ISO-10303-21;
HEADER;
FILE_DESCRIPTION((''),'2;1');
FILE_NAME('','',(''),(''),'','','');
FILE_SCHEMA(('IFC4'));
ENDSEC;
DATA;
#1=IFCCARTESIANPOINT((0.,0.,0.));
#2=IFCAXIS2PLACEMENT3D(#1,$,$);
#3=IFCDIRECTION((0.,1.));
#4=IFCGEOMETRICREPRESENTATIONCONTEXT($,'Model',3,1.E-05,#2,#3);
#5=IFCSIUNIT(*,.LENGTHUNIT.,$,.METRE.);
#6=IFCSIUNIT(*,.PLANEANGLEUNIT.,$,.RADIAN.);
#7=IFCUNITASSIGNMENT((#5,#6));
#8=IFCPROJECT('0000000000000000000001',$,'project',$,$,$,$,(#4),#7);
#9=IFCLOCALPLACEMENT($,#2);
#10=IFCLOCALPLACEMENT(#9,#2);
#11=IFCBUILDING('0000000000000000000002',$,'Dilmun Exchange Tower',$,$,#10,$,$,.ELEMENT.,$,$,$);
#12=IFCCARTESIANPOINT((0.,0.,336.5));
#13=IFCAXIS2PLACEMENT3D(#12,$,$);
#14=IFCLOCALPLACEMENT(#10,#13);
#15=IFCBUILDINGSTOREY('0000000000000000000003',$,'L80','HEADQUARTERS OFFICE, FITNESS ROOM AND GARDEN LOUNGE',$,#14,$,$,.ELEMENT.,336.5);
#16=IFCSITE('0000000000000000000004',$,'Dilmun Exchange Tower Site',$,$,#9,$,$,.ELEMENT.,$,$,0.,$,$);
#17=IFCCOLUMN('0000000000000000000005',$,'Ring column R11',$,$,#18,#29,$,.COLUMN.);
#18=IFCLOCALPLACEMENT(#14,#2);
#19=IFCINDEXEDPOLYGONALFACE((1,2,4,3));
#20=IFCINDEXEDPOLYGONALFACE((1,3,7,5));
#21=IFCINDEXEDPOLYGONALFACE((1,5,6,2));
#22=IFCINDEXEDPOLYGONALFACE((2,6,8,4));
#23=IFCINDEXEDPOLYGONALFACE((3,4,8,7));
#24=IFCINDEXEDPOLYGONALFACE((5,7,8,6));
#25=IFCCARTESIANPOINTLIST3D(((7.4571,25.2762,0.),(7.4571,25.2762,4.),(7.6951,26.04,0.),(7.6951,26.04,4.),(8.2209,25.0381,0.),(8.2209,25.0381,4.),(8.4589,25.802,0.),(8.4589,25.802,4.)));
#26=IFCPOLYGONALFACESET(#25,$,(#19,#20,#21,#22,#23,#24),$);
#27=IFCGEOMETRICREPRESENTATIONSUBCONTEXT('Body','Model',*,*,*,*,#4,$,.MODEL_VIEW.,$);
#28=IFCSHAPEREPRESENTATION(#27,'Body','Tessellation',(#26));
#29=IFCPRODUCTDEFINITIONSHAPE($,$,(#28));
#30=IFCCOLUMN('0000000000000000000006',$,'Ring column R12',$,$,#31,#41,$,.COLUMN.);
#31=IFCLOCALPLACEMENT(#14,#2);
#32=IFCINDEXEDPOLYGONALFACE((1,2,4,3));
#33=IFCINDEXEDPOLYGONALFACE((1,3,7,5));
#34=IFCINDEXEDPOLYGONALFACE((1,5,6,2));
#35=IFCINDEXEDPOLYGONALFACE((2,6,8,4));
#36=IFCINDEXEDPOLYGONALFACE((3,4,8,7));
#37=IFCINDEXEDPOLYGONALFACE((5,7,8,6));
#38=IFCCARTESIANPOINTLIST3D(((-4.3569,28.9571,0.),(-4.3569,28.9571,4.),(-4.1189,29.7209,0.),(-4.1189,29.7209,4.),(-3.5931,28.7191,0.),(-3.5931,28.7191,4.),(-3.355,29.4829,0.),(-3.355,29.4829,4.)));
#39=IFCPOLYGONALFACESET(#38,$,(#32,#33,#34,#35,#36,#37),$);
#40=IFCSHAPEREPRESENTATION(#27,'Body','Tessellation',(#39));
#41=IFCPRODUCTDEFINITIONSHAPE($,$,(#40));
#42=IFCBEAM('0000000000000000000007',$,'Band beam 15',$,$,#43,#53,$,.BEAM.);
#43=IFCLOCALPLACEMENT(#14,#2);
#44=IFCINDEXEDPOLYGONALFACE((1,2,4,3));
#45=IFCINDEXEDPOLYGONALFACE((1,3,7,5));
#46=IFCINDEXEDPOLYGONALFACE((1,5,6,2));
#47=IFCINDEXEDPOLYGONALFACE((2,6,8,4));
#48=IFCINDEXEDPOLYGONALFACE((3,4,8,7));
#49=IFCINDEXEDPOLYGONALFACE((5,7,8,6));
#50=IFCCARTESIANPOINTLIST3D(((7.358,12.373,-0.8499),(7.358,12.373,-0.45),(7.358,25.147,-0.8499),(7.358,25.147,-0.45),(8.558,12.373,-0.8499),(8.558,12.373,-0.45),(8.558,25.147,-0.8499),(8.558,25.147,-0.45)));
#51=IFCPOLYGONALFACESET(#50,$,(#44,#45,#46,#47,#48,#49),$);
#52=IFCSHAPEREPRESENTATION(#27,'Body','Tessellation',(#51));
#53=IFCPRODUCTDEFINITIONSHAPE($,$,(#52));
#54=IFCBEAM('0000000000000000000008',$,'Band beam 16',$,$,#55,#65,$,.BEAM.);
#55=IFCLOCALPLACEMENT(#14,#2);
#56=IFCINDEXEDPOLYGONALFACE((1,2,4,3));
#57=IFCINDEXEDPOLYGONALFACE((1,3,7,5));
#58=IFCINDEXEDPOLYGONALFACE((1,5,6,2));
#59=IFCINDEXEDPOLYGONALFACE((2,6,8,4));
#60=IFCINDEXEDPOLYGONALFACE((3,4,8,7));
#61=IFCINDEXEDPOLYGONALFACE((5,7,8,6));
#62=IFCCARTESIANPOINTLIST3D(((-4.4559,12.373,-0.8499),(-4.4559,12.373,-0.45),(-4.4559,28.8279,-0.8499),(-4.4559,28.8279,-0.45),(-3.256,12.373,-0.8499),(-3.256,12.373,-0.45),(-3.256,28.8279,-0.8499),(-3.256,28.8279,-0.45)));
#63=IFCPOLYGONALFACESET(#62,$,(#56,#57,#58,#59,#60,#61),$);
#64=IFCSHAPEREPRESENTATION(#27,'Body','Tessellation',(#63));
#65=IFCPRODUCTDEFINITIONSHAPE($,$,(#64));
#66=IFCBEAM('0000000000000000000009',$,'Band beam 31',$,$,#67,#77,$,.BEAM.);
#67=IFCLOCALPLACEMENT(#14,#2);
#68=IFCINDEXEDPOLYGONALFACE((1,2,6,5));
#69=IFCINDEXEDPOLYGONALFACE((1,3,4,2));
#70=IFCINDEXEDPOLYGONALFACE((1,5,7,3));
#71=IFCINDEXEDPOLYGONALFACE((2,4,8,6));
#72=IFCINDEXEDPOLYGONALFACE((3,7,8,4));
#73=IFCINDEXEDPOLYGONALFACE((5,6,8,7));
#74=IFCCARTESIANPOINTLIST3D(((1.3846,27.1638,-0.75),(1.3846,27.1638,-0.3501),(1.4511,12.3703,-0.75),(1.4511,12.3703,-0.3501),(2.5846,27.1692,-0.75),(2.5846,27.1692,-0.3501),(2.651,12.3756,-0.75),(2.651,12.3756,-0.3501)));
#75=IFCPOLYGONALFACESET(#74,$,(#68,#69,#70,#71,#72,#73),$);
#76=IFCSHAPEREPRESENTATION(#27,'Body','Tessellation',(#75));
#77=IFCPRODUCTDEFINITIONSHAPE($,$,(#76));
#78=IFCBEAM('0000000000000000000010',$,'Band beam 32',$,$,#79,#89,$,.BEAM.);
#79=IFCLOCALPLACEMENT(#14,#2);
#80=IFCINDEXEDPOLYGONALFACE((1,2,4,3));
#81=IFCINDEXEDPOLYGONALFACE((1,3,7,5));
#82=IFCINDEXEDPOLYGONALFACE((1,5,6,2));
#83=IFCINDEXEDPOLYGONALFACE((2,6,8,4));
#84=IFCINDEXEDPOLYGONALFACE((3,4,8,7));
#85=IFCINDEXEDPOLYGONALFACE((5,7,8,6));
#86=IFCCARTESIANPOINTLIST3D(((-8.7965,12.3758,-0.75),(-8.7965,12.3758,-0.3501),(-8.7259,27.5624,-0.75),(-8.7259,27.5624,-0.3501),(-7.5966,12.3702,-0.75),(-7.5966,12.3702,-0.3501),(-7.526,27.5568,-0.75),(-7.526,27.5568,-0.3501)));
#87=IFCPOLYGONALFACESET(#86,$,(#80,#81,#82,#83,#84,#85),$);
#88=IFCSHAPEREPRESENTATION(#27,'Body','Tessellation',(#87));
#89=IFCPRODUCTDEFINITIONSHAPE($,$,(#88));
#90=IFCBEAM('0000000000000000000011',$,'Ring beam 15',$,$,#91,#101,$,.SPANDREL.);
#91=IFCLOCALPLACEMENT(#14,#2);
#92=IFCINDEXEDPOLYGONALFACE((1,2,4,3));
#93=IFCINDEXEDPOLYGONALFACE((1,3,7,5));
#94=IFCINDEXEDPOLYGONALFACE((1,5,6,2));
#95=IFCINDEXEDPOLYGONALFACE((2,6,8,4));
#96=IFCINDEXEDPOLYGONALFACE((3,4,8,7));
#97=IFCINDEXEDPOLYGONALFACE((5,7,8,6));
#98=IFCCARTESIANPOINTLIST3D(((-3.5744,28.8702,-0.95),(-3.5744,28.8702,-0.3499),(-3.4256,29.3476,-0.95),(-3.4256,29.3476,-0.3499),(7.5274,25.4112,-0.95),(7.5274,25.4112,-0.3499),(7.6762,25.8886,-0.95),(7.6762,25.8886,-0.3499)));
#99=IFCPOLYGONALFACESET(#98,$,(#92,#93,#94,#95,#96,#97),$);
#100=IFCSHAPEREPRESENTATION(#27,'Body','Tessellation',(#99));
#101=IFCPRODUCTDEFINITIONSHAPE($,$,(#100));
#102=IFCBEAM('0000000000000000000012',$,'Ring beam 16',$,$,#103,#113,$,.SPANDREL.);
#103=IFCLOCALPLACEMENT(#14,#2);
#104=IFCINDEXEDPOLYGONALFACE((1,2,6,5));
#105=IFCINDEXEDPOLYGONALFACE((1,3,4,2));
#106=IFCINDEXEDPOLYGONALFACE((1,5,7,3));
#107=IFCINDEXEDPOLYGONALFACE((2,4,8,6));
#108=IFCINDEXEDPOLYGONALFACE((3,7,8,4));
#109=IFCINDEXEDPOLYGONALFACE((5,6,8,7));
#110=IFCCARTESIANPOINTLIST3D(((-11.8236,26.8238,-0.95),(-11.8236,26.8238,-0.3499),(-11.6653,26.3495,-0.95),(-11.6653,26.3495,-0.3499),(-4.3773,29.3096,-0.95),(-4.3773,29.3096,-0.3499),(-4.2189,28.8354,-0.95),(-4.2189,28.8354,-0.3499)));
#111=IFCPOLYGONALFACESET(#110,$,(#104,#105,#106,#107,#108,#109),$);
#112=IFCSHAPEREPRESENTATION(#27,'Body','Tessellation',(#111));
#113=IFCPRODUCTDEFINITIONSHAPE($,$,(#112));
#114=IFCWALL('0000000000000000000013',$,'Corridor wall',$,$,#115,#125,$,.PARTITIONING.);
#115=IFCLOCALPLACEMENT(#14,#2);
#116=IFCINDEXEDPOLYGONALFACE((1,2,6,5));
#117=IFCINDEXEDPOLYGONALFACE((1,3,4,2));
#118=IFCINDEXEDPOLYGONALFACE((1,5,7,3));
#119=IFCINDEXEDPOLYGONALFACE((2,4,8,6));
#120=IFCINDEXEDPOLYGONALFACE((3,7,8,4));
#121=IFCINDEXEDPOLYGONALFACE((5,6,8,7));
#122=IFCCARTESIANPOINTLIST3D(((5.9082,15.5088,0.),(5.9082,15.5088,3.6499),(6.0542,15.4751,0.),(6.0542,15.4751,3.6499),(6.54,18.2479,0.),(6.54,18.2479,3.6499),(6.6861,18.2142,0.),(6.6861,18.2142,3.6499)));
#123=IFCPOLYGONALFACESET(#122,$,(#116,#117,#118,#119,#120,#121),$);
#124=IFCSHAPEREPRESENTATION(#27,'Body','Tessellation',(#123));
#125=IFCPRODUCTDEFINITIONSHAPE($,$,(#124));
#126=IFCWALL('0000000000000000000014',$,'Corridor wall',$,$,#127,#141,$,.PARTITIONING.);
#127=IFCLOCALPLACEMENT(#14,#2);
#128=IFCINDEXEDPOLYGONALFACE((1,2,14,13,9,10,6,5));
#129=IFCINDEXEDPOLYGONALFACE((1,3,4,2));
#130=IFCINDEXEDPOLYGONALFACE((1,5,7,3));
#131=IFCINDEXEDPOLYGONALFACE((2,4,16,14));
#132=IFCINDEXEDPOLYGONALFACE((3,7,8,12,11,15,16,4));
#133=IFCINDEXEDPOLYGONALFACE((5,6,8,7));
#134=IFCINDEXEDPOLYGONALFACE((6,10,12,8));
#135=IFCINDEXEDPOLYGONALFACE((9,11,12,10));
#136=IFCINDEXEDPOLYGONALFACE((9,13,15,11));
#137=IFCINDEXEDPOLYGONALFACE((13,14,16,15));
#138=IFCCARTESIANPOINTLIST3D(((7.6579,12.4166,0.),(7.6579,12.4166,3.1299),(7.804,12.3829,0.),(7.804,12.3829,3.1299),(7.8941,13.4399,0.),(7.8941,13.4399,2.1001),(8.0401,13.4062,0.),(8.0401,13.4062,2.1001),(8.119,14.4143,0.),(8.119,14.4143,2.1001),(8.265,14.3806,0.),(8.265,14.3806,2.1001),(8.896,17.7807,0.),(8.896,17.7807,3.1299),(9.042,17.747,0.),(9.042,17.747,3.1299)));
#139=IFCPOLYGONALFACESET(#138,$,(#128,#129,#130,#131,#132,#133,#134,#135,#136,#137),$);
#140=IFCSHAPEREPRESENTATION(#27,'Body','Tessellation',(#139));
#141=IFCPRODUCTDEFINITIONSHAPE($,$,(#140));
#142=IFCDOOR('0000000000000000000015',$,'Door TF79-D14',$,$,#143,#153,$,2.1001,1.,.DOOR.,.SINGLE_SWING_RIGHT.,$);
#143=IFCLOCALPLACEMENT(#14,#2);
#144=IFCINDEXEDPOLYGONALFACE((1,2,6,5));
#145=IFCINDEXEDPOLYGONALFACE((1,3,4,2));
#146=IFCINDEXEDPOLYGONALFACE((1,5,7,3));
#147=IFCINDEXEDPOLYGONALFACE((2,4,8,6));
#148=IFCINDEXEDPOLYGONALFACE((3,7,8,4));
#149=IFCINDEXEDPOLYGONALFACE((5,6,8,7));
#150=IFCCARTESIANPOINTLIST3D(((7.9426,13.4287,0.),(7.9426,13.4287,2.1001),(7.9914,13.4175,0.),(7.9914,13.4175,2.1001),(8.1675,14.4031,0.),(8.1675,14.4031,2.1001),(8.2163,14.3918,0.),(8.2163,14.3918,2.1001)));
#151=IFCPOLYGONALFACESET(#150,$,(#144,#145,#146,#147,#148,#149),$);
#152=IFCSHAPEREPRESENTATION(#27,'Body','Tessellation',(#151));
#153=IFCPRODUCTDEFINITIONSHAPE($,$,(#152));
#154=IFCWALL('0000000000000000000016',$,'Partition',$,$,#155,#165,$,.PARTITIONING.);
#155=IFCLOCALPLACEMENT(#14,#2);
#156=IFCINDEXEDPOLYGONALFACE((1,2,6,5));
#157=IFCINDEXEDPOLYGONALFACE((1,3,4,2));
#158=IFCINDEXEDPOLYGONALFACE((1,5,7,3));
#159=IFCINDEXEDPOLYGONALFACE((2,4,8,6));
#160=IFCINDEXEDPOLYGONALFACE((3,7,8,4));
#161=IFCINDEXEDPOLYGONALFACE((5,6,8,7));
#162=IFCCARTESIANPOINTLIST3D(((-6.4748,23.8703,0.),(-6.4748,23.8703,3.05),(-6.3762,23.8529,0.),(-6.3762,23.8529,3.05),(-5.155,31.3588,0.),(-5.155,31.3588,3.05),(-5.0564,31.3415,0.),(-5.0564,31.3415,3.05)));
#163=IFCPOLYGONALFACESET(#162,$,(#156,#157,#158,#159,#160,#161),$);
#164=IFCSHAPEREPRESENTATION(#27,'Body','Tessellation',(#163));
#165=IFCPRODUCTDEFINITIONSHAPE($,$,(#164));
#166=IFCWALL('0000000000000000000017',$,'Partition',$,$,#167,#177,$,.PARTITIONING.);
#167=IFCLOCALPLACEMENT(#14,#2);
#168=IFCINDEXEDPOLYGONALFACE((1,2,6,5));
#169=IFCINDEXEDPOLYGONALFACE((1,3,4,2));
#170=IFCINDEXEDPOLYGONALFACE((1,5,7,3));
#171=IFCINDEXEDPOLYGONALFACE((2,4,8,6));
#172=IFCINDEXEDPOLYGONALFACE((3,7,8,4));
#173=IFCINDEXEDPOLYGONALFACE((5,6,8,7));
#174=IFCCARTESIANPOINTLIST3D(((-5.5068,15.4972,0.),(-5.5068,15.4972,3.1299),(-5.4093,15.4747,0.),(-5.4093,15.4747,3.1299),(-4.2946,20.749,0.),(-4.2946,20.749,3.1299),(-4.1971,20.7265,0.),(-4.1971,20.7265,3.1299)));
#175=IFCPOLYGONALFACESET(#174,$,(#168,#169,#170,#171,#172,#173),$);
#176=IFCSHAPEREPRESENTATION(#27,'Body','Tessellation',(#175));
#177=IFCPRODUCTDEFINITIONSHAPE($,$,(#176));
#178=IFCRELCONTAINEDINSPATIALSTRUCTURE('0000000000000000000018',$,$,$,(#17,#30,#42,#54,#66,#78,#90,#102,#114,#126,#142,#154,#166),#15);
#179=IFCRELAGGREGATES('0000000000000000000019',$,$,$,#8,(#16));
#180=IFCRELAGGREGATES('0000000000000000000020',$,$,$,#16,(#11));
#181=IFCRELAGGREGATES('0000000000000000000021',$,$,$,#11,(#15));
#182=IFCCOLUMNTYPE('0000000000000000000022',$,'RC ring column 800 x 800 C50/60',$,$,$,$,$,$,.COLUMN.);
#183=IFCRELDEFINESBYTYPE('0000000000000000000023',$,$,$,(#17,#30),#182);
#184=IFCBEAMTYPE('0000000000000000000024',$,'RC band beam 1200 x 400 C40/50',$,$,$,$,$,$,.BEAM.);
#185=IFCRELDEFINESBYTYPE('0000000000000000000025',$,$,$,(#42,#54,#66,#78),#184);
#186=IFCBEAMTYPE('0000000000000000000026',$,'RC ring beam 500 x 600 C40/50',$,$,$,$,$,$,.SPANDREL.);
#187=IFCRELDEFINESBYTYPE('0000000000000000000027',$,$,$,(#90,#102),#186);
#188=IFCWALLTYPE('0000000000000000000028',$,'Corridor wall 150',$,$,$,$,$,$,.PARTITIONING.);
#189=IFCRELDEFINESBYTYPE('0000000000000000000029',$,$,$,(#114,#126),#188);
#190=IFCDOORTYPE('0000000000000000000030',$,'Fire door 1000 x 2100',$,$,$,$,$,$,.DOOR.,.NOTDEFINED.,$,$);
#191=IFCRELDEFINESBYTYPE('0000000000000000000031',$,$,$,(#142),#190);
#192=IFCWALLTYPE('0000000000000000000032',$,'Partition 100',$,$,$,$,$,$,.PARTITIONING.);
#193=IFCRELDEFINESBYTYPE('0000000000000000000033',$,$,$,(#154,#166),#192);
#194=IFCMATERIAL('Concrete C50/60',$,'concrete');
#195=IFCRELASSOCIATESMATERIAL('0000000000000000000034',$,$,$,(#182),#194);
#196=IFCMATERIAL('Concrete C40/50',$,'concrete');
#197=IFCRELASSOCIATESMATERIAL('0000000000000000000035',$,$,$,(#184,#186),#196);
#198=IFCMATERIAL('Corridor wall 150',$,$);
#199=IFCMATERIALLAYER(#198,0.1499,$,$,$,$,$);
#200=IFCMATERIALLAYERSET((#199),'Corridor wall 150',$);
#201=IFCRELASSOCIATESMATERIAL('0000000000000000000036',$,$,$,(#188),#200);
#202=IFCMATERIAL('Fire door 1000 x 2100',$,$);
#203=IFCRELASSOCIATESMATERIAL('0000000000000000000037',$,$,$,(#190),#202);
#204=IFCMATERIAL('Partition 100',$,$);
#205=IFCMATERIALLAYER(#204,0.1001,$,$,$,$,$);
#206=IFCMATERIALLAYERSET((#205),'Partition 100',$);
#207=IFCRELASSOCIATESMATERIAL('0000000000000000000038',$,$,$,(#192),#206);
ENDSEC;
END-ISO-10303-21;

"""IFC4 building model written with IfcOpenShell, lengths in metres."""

from ifc_helpers import new_model, si_unit, direction, frame, frame_2d, origin, origin_2d, place, context, subcontext, project, spatial, rectangle, extrude, material, layer, layer_set, material_profile, profile_set, type_object, element, fill, save


model = new_model("IFC4")

# Units and contexts
model_context = context("Model", 3, precision=1e-05, world=origin(), true_north=direction((0.0, 1.0)))
body_context = subcontext(model_context, "Body", "Model", "MODEL_VIEW")
ifc_project = project(units=[si_unit("LENGTHUNIT", "METRE"), si_unit("PLANEANGLEUNIT", "RADIAN")], contexts=[model_context])

# Site, building, storey
site_placement = place(None, origin())
site = spatial("IfcSite", under=ifc_project, at=site_placement, Name="Dilmun Exchange Tower Site", CompositionType="ELEMENT", RefElevation=0.0)
building_placement = place(site_placement, origin())
building = spatial("IfcBuilding", under=site, at=building_placement, Name="Dilmun Exchange Tower", CompositionType="ELEMENT")
storey_placement = place(building_placement, frame((0.0, 0.0, 336.5)))
storey = spatial("IfcBuildingStorey", under=building, at=storey_placement, Name="L80", Description="HEADQUARTERS OFFICE, FITNESS ROOM AND GARDEN LOUNGE", CompositionType="ELEMENT", Elevation=336.5)

# Columns
ifc_material_1 = material(Name="Concrete C50/60", Category="concrete")
ifc_material_profile_1 = material_profile(ifc_material_1, rectangle(XDim=0.8, YDim=0.8, at=origin_2d()), Name="800 x 800")
ifc_profile_set_1 = profile_set([ifc_material_profile_1], Name="Concrete C50/60")
column_type = type_object("IfcColumnType", Name="RC ring column 800 x 800 C50/60", PredefinedType="COLUMN", material=ifc_profile_set_1)
for number, where, z_axis, x_axis, name in (
    (1, (7.958, 25.5391, 0.0), (0.0, 0.0, 1.0), (0.297503, 0.954721, 0.0), "Ring column R11"),
    (2, (-3.856, 29.22, 0.0), (0.0, 0.0, 1.0), (0.297503, 0.954721, 0.0), "Ring column R12"),
):
    element("IfcColumn", number, at=place(storey_placement, frame(where, z_axis=z_axis, x_axis=x_axis)), inside=storey, type_object=column_type, Name=name, PredefinedType="COLUMN", context=body_context, shape_type="SweptSolid", body=[
        extrude(rectangle(XDim=0.8, YDim=0.8, at=origin_2d()), origin(), (0.0, 0.0, 1.0), 4.0),
    ])

# Beams
ifc_material_2 = material(Name="Concrete C40/50", Category="concrete")
ifc_material_profile_2 = material_profile(ifc_material_2, rectangle(XDim=1.2, YDim=0.3999, at=origin_2d()), Name="1200 x 400")
ifc_profile_set_2 = profile_set([ifc_material_profile_2], Name="Concrete C40/50")
beam_type_1 = type_object("IfcBeamType", Name="RC band beam 1200 x 400 C40/50", PredefinedType="BEAM", material=ifc_profile_set_2)
beam_1_placement = place(storey_placement, frame((7.958, 25.147, -0.6499), z_axis=(0.0, -1.0, 0.0), x_axis=(1.0, 0.0, 0.0)))
element("IfcBeam", 3, at=beam_1_placement, inside=storey, type_object=beam_type_1, Name="Band beam 15", PredefinedType="BEAM", context=body_context, shape_type="SweptSolid", body=[
    extrude(rectangle(XDim=1.2, YDim=0.3999, at=origin_2d()), origin(), (0.0, 0.0, 1.0), 12.7739),
])
beam_2_placement = place(storey_placement, frame((-3.856, 28.8279, -0.6499), z_axis=(0.0, -1.0, 0.0), x_axis=(1.0, 0.0, 0.0)))
element("IfcBeam", 4, at=beam_2_placement, inside=storey, type_object=beam_type_1, Name="Band beam 16", PredefinedType="BEAM", context=body_context, shape_type="SweptSolid", body=[
    extrude(rectangle(XDim=1.2, YDim=0.3999, at=origin_2d()), origin(), (0.0, 0.0, 1.0), 16.4548),
])
beam_3_placement = place(storey_placement, frame((1.9846, 27.1665, -0.55), z_axis=(0.004489, -0.99999, 0.0), x_axis=(0.99999, 0.004489, 0.0)))
element("IfcBeam", 5, at=beam_3_placement, inside=storey, type_object=beam_type_1, Name="Band beam 31", PredefinedType="BEAM", context=body_context, shape_type="SweptSolid", body=[
    extrude(rectangle(XDim=1.2, YDim=0.3999, at=origin_2d()), origin(), (0.0, 0.0, 1.0), 14.7937),
])
beam_4_placement = place(storey_placement, frame((-8.126, 27.5596, -0.55), z_axis=(-0.004646, -0.999989, 0.0), x_axis=(0.999989, -0.004646, 0.0)))
element("IfcBeam", 6, at=beam_4_placement, inside=storey, type_object=beam_type_1, Name="Band beam 32", PredefinedType="BEAM", context=body_context, shape_type="SweptSolid", body=[
    extrude(rectangle(XDim=1.2, YDim=0.3999, at=origin_2d()), origin(), (0.0, 0.0, 1.0), 15.1868),
])
ifc_material_profile_3 = material_profile(ifc_material_2, rectangle(XDim=0.5, YDim=0.6001, at=origin_2d()), Name="500 x 600")
ifc_profile_set_3 = profile_set([ifc_material_profile_3], Name="Concrete C40/50")
beam_type_2 = type_object("IfcBeamType", Name="RC ring beam 500 x 600 C40/50", PredefinedType="SPANDREL", material=ifc_profile_set_3)
beam_5_placement = place(storey_placement, frame((7.6018, 25.6499, -0.6499), z_axis=(-0.954733, 0.297466, 0.0), x_axis=(-0.297466, -0.954733, 0.0)))
element("IfcBeam", 7, at=beam_5_placement, inside=storey, type_object=beam_type_2, Name="Ring beam 15", PredefinedType="SPANDREL", context=body_context, shape_type="SweptSolid", body=[
    extrude(rectangle(XDim=0.5, YDim=0.6001, at=origin_2d()), origin(), (0.0, 0.0, 1.0), 11.6282),
])
beam_6_placement = place(storey_placement, frame((-4.2981, 29.0725, -0.6499), z_axis=(-0.94854, -0.316657, 0.0), x_axis=(0.316657, -0.94854, 0.0)))
element("IfcBeam", 8, at=beam_6_placement, inside=storey, type_object=beam_type_2, Name="Ring beam 16", PredefinedType="SPANDREL", context=body_context, shape_type="SweptSolid", body=[
    extrude(rectangle(XDim=0.5, YDim=0.6001, at=origin_2d()), origin(), (0.0, 0.0, 1.0), 7.8503),
])

# Wall
ifc_material_3 = material(Name="Corridor wall 150")
ifc_layer_1 = layer(ifc_material_3, 0.1499)
ifc_layer_set_1 = layer_set([ifc_layer_1], Name="Corridor wall 150")
wall_type_1 = type_object("IfcWallType", Name="Corridor wall 150", PredefinedType="PARTITIONING", material=ifc_layer_set_1)
wall_1_placement = place(storey_placement, frame((5.9812, 15.4919, 0.0), z_axis=(0.0, 0.0, 1.0), x_axis=(0.224777, 0.97441, 0.0)))
element("IfcWall", 9, at=wall_1_placement, inside=storey, type_object=wall_type_1, Name="Corridor wall", PredefinedType="PARTITIONING", context=body_context, shape_type="SweptSolid", body=[
    extrude(rectangle(XDim=2.811, YDim=0.1499, at=frame_2d((1.4055, 0.0))), origin(), (0.0, 0.0, 1.0), 3.6499),
])

# Wall, opening, door
wall_2_placement = place(storey_placement, frame((7.731, 12.3999, 0.0), z_axis=(0.0, 0.0, 1.0), x_axis=(0.224892, 0.974384, 0.0)))
wall_2 = element("IfcWall", 10, at=wall_2_placement, inside=storey, type_object=wall_type_1, Name="Corridor wall", PredefinedType="PARTITIONING", context=body_context, shape_type="SweptSolid", body=[
    extrude(rectangle(XDim=5.5051, YDim=0.1499, at=frame_2d((2.7524, 0.0))), origin(), (0.0, 0.0, 1.0), 3.1299),
])
opening_placement = place(wall_2_placement, frame((1.05, 0.0, 0.0)))
opening = element("IfcOpeningElement", 11, at=opening_placement, cuts=wall_2, PredefinedType="OPENING", context=body_context, shape_type="SweptSolid", body=[
    extrude(rectangle(XDim=1.0, YDim=2.1001, at=frame_2d((0.5, 1.05))), frame((0.0, 0.085, 0.0), z_axis=(0.0, -1.0, 0.0), x_axis=(1.0, 0.0, 0.0)), (0.0, 0.0, 1.0), 0.1699),
])
ifc_material_4 = material(Name="Fire door 1000 x 2100")
door_type = type_object("IfcDoorType", Name="Fire door 1000 x 2100", OperationType="NOTDEFINED", PredefinedType="DOOR", material=ifc_material_4)
door_placement = place(opening_placement, frame((1.0, 0.0, 0.0), z_axis=(0.0, 0.0, 1.0), x_axis=(-1.0, 0.0, 0.0)))
door = element("IfcDoor", 12, at=door_placement, inside=storey, type_object=door_type, Name="Door TF79-D14", OperationType="SINGLE_SWING_RIGHT", OverallHeight=2.1001, OverallWidth=1.0, PredefinedType="DOOR", context=body_context, shape_type="SweptSolid", body=[
    extrude(rectangle(XDim=1.0, YDim=2.1001, at=frame_2d((0.5, 1.05))), frame((0.0, 0.0249, 0.0), z_axis=(0.0, -1.0, 0.0), x_axis=(1.0, 0.0, 0.0)), (0.0, 0.0, 1.0), 0.05),
])
fill(opening, door)

# Walls
ifc_material_5 = material(Name="Partition 100")
ifc_layer_2 = layer(ifc_material_5, 0.1001)
ifc_layer_set_2 = layer_set([ifc_layer_2], Name="Partition 100")
wall_type_2 = type_object("IfcWallType", Name="Partition 100", PredefinedType="PARTITIONING", material=ifc_layer_set_2)
wall_3_placement = place(storey_placement, frame((-6.4255, 23.8616, 0.0), z_axis=(0.0, 0.0, 1.0), x_axis=(0.173571, 0.984821, 0.0)))
element("IfcWall", 13, at=wall_3_placement, inside=storey, type_object=wall_type_2, Name="Partition", PredefinedType="PARTITIONING", context=body_context, shape_type="SweptSolid", body=[
    extrude(rectangle(XDim=7.604, YDim=0.1001, at=frame_2d((3.802, 0.0))), origin(), (0.0, 0.0, 1.0), 3.05),
])
wall_4_placement = place(storey_placement, frame((-5.458, 15.4861, 0.0), z_axis=(0.0, 0.0, 1.0), x_axis=(0.224899, 0.974382, 0.0)))
element("IfcWall", 14, at=wall_4_placement, inside=storey, type_object=wall_type_2, Name="Partition", PredefinedType="PARTITIONING", context=body_context, shape_type="SweptSolid", body=[
    extrude(rectangle(XDim=5.3899, YDim=0.1001, at=frame_2d((2.6948, 0.0))), origin(), (0.0, 0.0, 1.0), 3.1299),
])

save(model, "model.ifc")
